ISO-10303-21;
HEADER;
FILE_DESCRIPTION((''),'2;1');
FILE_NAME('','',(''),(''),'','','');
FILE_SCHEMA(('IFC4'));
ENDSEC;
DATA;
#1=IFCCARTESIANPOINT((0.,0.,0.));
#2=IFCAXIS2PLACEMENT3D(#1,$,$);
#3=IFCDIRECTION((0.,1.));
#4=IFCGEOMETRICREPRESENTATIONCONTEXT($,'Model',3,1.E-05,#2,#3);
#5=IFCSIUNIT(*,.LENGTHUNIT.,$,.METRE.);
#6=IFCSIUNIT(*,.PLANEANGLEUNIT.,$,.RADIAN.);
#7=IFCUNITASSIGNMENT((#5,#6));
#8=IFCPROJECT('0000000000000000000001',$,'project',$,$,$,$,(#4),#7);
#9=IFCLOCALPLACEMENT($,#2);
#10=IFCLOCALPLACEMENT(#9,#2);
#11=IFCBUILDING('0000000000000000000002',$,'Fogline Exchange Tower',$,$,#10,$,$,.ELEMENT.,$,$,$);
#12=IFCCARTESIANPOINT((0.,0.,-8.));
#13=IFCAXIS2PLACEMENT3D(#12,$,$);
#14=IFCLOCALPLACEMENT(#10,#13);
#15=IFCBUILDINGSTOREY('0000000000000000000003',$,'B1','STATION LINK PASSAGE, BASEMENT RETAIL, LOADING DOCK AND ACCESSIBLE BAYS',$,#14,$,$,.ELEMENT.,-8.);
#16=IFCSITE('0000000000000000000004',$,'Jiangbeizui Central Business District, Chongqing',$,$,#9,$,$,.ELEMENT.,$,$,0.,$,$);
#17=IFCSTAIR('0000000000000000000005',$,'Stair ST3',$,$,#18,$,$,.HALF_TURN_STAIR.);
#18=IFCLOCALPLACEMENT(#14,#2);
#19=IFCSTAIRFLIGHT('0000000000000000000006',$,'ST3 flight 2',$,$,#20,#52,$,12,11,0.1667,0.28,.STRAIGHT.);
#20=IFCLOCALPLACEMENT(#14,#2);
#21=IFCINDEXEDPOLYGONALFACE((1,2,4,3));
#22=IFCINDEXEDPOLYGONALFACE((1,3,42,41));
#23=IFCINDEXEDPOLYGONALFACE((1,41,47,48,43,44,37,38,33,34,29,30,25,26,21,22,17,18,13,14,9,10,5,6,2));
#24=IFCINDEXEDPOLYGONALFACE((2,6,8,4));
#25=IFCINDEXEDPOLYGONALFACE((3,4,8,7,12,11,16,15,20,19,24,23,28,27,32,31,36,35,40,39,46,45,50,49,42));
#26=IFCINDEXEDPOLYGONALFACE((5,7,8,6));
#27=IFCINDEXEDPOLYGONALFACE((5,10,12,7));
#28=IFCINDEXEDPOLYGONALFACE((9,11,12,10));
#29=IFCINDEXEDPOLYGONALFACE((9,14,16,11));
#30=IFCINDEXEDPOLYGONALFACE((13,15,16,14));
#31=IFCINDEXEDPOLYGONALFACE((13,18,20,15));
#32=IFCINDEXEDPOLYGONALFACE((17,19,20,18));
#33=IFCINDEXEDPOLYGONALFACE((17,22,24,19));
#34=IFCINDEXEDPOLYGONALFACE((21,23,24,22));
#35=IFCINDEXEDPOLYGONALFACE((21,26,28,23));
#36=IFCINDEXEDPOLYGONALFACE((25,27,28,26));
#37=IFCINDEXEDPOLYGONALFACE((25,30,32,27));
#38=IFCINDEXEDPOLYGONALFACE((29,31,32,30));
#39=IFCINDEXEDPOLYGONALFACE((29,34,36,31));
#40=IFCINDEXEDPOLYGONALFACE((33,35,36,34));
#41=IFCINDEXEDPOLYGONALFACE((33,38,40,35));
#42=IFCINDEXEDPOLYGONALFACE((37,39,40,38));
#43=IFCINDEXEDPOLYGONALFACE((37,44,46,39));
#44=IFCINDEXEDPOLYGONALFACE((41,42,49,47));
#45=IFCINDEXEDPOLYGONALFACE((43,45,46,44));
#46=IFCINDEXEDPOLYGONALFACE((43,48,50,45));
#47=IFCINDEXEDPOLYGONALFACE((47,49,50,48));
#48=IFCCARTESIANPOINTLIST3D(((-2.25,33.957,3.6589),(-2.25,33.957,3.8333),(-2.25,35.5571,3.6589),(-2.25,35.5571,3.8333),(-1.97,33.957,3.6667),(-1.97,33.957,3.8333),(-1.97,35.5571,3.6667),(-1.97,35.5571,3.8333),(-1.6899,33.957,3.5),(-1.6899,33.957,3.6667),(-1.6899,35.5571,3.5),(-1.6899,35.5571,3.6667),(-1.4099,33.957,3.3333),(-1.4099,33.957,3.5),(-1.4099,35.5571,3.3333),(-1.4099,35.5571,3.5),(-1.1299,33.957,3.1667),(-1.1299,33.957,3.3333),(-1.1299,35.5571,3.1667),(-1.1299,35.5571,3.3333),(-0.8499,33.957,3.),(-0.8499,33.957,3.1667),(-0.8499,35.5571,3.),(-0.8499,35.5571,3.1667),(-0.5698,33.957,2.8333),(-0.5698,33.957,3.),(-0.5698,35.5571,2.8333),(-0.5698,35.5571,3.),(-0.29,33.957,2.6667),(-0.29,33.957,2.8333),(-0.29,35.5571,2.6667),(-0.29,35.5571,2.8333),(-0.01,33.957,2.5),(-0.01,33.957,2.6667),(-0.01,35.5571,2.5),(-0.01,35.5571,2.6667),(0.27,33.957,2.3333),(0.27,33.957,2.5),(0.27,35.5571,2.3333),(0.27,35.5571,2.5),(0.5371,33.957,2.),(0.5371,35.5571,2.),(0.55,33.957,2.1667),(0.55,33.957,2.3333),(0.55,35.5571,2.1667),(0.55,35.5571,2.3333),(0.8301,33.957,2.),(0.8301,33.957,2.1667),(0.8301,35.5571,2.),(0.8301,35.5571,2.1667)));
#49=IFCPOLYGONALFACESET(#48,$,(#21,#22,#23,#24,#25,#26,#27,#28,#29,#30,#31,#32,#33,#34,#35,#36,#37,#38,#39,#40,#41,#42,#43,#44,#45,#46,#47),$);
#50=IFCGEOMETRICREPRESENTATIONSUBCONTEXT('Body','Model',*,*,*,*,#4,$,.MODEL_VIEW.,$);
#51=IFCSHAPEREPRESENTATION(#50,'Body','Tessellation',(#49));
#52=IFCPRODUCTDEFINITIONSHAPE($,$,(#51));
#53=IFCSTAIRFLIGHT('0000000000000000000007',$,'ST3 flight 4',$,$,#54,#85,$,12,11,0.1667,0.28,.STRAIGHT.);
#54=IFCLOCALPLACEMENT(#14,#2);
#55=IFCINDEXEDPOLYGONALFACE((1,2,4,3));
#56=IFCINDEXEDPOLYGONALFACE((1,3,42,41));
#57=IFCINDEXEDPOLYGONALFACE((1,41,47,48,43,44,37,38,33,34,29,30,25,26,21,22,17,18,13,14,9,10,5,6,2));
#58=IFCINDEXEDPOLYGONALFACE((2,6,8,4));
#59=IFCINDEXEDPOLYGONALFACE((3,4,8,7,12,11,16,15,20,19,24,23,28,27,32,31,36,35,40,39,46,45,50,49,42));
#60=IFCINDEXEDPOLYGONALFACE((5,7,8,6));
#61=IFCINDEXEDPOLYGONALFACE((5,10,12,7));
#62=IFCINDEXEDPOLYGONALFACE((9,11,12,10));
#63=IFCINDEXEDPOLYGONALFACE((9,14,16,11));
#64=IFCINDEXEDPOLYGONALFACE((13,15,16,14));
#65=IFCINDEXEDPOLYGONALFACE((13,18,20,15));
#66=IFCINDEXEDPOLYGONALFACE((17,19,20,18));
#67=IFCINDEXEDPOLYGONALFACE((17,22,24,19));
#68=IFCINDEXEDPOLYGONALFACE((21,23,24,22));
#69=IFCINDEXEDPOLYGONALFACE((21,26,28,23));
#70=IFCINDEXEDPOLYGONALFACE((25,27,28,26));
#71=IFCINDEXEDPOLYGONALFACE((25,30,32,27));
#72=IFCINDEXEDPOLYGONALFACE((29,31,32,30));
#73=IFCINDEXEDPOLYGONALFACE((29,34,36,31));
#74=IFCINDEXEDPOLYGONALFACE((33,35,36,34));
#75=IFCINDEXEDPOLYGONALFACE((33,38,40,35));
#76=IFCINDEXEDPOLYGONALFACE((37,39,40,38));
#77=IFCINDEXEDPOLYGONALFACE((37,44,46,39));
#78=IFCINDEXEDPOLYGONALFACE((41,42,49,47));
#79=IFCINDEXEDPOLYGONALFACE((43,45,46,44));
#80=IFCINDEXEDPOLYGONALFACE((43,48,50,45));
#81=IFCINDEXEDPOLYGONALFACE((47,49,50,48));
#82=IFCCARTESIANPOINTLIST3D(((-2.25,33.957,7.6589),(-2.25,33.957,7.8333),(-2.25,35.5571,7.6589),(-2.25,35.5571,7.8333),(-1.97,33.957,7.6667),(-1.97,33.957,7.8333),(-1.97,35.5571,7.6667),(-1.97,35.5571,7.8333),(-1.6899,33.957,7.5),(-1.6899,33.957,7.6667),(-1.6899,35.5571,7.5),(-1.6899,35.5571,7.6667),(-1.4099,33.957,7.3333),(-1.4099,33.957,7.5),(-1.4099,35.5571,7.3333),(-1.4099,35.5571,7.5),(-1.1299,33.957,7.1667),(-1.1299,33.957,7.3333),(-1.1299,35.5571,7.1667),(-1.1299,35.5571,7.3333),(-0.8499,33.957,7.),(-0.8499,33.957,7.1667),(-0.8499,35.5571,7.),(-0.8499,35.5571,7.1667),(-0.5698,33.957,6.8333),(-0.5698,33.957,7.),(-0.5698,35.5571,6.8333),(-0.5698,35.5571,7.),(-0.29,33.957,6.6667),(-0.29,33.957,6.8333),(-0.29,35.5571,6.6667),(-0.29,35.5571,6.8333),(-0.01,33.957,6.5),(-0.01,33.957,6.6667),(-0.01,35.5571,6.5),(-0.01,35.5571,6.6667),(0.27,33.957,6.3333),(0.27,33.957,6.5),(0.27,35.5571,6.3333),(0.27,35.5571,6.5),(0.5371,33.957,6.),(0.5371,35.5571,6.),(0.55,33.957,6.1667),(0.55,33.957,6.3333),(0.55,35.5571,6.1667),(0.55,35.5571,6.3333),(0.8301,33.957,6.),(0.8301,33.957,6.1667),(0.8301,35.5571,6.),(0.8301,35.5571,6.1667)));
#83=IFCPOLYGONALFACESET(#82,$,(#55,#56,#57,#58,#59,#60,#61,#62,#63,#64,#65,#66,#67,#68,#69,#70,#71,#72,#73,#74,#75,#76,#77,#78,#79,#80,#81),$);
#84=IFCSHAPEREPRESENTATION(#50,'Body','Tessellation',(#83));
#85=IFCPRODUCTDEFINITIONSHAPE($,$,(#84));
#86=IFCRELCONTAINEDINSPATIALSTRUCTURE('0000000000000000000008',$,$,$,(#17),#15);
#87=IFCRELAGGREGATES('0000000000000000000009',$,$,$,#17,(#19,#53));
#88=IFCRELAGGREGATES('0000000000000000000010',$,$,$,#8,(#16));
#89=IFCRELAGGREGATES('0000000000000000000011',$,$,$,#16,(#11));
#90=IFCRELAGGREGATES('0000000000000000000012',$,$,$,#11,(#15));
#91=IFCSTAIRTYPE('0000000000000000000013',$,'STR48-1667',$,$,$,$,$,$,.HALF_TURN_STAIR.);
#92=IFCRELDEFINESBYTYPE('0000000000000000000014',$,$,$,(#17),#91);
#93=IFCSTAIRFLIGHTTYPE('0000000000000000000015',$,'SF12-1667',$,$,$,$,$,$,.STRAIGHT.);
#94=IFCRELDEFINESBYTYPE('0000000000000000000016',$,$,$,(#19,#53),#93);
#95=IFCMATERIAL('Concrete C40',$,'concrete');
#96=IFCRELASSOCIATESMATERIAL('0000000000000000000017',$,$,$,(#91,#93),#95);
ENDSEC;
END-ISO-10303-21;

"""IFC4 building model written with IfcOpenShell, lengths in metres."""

from ifc_helpers import new_model, si_unit, direction, frame, origin, place, context, subcontext, project, spatial, polyline, outline, extrude, material, type_object, element, aggregate, save


model = new_model("IFC4")

# Units and contexts
model_context = context("Model", 3, precision=1e-05, world=origin(), true_north=direction((0.0, 1.0)))
body_context = subcontext(model_context, "Body", "Model", "MODEL_VIEW")
ifc_project = project(units=[si_unit("LENGTHUNIT", "METRE"), si_unit("PLANEANGLEUNIT", "RADIAN")], contexts=[model_context])

# Site, building, storey
site_placement = place(None, origin())
site = spatial("IfcSite", under=ifc_project, at=site_placement, Name="Jiangbeizui Central Business District, Chongqing", CompositionType="ELEMENT", RefElevation=0.0)
building_placement = place(site_placement, origin())
building = spatial("IfcBuilding", under=site, at=building_placement, Name="Fogline Exchange Tower", CompositionType="ELEMENT")
storey_placement = place(building_placement, frame((0.0, 0.0, -8.0)))
storey = spatial("IfcBuildingStorey", under=building, at=storey_placement, Name="B1", Description="STATION LINK PASSAGE, BASEMENT RETAIL, LOADING DOCK AND ACCESSIBLE BAYS", CompositionType="ELEMENT", Elevation=-8.0)

# Shared definitions
ifc_material_1 = material(Name="Concrete C40", Category="concrete")

# Stair, stair flights
stair_type = type_object("IfcStairType", Name="STR48-1667", PredefinedType="HALF_TURN_STAIR", material=ifc_material_1)
stair_placement = place(storey_placement, origin())
stair = element("IfcStair", 1, at=stair_placement, inside=storey, type_object=stair_type, Name="Stair ST3", PredefinedType="HALF_TURN_STAIR")
stair_flight_type = type_object("IfcStairFlightType", Name="SF12-1667", PredefinedType="STRAIGHT", material=ifc_material_1)
stair_flight_1_placement = place(storey_placement, frame((0.8301, 34.7571, 2.0), z_axis=(0.0, 0.0, 1.0), x_axis=(-1.0, 0.0, 0.0)))
stair_flight_1 = element("IfcStairFlight", 2, at=stair_flight_1_placement, type_object=stair_flight_type, Name="ST3 flight 2", NumberOfRisers=12, NumberOfTreads=11, PredefinedType="STRAIGHT", RiserHeight=0.1667, TreadLength=0.28, context=body_context, shape_type="SweptSolid", body=[
    extrude(outline(polyline([(0.0, 0.0), (0.0, 0.1667), (0.28, 0.1667), (0.28, 0.3333), (0.5601, 0.3333), (0.5601, 0.5), (0.8401, 0.5), (0.8401, 0.6667), (1.1201, 0.6667), (1.1201, 0.8333), (1.3999, 0.8333), (1.3999, 1.0), (1.6799, 1.0), (1.6799, 1.1667), (1.96, 1.1667), (1.96, 1.3333), (2.24, 1.3333), (2.24, 1.5), (2.52, 1.5), (2.52, 1.6667), (2.8, 1.6667), (2.8, 1.8333), (3.0801, 1.8333), (3.0801, 2.0), (3.0801, 1.6589), (0.293, 0.0), (0.0, 0.0)])), frame((0.0, 0.8, 0.0), z_axis=(0.0, -1.0, 0.0), x_axis=(1.0, 0.0, 0.0)), (0.0, 0.0, 1.0), 1.6001),
])
stair_flight_2_placement = place(storey_placement, frame((0.8301, 34.7571, 6.0), z_axis=(0.0, 0.0, 1.0), x_axis=(-1.0, 0.0, 0.0)))
stair_flight_2 = element("IfcStairFlight", 3, at=stair_flight_2_placement, type_object=stair_flight_type, Name="ST3 flight 4", NumberOfRisers=12, NumberOfTreads=11, PredefinedType="STRAIGHT", RiserHeight=0.1667, TreadLength=0.28, context=body_context, shape_type="SweptSolid", body=[
    extrude(outline(polyline([(0.0, 0.0), (0.0, 0.1667), (0.28, 0.1667), (0.28, 0.3333), (0.5601, 0.3333), (0.5601, 0.5), (0.8401, 0.5), (0.8401, 0.6667), (1.1201, 0.6667), (1.1201, 0.8333), (1.3999, 0.8333), (1.3999, 1.0), (1.6799, 1.0), (1.6799, 1.1667), (1.96, 1.1667), (1.96, 1.3333), (2.24, 1.3333), (2.24, 1.5), (2.52, 1.5), (2.52, 1.6667), (2.8, 1.6667), (2.8, 1.8333), (3.0801, 1.8333), (3.0801, 2.0), (3.0801, 1.6589), (0.293, 0.0), (0.0, 0.0)])), frame((0.0, 0.8, 0.0), z_axis=(0.0, -1.0, 0.0), x_axis=(1.0, 0.0, 0.0)), (0.0, 0.0, 1.0), 1.6001),
])
aggregate(stair, [stair_flight_1, stair_flight_2])

save(model, "model.ifc")
